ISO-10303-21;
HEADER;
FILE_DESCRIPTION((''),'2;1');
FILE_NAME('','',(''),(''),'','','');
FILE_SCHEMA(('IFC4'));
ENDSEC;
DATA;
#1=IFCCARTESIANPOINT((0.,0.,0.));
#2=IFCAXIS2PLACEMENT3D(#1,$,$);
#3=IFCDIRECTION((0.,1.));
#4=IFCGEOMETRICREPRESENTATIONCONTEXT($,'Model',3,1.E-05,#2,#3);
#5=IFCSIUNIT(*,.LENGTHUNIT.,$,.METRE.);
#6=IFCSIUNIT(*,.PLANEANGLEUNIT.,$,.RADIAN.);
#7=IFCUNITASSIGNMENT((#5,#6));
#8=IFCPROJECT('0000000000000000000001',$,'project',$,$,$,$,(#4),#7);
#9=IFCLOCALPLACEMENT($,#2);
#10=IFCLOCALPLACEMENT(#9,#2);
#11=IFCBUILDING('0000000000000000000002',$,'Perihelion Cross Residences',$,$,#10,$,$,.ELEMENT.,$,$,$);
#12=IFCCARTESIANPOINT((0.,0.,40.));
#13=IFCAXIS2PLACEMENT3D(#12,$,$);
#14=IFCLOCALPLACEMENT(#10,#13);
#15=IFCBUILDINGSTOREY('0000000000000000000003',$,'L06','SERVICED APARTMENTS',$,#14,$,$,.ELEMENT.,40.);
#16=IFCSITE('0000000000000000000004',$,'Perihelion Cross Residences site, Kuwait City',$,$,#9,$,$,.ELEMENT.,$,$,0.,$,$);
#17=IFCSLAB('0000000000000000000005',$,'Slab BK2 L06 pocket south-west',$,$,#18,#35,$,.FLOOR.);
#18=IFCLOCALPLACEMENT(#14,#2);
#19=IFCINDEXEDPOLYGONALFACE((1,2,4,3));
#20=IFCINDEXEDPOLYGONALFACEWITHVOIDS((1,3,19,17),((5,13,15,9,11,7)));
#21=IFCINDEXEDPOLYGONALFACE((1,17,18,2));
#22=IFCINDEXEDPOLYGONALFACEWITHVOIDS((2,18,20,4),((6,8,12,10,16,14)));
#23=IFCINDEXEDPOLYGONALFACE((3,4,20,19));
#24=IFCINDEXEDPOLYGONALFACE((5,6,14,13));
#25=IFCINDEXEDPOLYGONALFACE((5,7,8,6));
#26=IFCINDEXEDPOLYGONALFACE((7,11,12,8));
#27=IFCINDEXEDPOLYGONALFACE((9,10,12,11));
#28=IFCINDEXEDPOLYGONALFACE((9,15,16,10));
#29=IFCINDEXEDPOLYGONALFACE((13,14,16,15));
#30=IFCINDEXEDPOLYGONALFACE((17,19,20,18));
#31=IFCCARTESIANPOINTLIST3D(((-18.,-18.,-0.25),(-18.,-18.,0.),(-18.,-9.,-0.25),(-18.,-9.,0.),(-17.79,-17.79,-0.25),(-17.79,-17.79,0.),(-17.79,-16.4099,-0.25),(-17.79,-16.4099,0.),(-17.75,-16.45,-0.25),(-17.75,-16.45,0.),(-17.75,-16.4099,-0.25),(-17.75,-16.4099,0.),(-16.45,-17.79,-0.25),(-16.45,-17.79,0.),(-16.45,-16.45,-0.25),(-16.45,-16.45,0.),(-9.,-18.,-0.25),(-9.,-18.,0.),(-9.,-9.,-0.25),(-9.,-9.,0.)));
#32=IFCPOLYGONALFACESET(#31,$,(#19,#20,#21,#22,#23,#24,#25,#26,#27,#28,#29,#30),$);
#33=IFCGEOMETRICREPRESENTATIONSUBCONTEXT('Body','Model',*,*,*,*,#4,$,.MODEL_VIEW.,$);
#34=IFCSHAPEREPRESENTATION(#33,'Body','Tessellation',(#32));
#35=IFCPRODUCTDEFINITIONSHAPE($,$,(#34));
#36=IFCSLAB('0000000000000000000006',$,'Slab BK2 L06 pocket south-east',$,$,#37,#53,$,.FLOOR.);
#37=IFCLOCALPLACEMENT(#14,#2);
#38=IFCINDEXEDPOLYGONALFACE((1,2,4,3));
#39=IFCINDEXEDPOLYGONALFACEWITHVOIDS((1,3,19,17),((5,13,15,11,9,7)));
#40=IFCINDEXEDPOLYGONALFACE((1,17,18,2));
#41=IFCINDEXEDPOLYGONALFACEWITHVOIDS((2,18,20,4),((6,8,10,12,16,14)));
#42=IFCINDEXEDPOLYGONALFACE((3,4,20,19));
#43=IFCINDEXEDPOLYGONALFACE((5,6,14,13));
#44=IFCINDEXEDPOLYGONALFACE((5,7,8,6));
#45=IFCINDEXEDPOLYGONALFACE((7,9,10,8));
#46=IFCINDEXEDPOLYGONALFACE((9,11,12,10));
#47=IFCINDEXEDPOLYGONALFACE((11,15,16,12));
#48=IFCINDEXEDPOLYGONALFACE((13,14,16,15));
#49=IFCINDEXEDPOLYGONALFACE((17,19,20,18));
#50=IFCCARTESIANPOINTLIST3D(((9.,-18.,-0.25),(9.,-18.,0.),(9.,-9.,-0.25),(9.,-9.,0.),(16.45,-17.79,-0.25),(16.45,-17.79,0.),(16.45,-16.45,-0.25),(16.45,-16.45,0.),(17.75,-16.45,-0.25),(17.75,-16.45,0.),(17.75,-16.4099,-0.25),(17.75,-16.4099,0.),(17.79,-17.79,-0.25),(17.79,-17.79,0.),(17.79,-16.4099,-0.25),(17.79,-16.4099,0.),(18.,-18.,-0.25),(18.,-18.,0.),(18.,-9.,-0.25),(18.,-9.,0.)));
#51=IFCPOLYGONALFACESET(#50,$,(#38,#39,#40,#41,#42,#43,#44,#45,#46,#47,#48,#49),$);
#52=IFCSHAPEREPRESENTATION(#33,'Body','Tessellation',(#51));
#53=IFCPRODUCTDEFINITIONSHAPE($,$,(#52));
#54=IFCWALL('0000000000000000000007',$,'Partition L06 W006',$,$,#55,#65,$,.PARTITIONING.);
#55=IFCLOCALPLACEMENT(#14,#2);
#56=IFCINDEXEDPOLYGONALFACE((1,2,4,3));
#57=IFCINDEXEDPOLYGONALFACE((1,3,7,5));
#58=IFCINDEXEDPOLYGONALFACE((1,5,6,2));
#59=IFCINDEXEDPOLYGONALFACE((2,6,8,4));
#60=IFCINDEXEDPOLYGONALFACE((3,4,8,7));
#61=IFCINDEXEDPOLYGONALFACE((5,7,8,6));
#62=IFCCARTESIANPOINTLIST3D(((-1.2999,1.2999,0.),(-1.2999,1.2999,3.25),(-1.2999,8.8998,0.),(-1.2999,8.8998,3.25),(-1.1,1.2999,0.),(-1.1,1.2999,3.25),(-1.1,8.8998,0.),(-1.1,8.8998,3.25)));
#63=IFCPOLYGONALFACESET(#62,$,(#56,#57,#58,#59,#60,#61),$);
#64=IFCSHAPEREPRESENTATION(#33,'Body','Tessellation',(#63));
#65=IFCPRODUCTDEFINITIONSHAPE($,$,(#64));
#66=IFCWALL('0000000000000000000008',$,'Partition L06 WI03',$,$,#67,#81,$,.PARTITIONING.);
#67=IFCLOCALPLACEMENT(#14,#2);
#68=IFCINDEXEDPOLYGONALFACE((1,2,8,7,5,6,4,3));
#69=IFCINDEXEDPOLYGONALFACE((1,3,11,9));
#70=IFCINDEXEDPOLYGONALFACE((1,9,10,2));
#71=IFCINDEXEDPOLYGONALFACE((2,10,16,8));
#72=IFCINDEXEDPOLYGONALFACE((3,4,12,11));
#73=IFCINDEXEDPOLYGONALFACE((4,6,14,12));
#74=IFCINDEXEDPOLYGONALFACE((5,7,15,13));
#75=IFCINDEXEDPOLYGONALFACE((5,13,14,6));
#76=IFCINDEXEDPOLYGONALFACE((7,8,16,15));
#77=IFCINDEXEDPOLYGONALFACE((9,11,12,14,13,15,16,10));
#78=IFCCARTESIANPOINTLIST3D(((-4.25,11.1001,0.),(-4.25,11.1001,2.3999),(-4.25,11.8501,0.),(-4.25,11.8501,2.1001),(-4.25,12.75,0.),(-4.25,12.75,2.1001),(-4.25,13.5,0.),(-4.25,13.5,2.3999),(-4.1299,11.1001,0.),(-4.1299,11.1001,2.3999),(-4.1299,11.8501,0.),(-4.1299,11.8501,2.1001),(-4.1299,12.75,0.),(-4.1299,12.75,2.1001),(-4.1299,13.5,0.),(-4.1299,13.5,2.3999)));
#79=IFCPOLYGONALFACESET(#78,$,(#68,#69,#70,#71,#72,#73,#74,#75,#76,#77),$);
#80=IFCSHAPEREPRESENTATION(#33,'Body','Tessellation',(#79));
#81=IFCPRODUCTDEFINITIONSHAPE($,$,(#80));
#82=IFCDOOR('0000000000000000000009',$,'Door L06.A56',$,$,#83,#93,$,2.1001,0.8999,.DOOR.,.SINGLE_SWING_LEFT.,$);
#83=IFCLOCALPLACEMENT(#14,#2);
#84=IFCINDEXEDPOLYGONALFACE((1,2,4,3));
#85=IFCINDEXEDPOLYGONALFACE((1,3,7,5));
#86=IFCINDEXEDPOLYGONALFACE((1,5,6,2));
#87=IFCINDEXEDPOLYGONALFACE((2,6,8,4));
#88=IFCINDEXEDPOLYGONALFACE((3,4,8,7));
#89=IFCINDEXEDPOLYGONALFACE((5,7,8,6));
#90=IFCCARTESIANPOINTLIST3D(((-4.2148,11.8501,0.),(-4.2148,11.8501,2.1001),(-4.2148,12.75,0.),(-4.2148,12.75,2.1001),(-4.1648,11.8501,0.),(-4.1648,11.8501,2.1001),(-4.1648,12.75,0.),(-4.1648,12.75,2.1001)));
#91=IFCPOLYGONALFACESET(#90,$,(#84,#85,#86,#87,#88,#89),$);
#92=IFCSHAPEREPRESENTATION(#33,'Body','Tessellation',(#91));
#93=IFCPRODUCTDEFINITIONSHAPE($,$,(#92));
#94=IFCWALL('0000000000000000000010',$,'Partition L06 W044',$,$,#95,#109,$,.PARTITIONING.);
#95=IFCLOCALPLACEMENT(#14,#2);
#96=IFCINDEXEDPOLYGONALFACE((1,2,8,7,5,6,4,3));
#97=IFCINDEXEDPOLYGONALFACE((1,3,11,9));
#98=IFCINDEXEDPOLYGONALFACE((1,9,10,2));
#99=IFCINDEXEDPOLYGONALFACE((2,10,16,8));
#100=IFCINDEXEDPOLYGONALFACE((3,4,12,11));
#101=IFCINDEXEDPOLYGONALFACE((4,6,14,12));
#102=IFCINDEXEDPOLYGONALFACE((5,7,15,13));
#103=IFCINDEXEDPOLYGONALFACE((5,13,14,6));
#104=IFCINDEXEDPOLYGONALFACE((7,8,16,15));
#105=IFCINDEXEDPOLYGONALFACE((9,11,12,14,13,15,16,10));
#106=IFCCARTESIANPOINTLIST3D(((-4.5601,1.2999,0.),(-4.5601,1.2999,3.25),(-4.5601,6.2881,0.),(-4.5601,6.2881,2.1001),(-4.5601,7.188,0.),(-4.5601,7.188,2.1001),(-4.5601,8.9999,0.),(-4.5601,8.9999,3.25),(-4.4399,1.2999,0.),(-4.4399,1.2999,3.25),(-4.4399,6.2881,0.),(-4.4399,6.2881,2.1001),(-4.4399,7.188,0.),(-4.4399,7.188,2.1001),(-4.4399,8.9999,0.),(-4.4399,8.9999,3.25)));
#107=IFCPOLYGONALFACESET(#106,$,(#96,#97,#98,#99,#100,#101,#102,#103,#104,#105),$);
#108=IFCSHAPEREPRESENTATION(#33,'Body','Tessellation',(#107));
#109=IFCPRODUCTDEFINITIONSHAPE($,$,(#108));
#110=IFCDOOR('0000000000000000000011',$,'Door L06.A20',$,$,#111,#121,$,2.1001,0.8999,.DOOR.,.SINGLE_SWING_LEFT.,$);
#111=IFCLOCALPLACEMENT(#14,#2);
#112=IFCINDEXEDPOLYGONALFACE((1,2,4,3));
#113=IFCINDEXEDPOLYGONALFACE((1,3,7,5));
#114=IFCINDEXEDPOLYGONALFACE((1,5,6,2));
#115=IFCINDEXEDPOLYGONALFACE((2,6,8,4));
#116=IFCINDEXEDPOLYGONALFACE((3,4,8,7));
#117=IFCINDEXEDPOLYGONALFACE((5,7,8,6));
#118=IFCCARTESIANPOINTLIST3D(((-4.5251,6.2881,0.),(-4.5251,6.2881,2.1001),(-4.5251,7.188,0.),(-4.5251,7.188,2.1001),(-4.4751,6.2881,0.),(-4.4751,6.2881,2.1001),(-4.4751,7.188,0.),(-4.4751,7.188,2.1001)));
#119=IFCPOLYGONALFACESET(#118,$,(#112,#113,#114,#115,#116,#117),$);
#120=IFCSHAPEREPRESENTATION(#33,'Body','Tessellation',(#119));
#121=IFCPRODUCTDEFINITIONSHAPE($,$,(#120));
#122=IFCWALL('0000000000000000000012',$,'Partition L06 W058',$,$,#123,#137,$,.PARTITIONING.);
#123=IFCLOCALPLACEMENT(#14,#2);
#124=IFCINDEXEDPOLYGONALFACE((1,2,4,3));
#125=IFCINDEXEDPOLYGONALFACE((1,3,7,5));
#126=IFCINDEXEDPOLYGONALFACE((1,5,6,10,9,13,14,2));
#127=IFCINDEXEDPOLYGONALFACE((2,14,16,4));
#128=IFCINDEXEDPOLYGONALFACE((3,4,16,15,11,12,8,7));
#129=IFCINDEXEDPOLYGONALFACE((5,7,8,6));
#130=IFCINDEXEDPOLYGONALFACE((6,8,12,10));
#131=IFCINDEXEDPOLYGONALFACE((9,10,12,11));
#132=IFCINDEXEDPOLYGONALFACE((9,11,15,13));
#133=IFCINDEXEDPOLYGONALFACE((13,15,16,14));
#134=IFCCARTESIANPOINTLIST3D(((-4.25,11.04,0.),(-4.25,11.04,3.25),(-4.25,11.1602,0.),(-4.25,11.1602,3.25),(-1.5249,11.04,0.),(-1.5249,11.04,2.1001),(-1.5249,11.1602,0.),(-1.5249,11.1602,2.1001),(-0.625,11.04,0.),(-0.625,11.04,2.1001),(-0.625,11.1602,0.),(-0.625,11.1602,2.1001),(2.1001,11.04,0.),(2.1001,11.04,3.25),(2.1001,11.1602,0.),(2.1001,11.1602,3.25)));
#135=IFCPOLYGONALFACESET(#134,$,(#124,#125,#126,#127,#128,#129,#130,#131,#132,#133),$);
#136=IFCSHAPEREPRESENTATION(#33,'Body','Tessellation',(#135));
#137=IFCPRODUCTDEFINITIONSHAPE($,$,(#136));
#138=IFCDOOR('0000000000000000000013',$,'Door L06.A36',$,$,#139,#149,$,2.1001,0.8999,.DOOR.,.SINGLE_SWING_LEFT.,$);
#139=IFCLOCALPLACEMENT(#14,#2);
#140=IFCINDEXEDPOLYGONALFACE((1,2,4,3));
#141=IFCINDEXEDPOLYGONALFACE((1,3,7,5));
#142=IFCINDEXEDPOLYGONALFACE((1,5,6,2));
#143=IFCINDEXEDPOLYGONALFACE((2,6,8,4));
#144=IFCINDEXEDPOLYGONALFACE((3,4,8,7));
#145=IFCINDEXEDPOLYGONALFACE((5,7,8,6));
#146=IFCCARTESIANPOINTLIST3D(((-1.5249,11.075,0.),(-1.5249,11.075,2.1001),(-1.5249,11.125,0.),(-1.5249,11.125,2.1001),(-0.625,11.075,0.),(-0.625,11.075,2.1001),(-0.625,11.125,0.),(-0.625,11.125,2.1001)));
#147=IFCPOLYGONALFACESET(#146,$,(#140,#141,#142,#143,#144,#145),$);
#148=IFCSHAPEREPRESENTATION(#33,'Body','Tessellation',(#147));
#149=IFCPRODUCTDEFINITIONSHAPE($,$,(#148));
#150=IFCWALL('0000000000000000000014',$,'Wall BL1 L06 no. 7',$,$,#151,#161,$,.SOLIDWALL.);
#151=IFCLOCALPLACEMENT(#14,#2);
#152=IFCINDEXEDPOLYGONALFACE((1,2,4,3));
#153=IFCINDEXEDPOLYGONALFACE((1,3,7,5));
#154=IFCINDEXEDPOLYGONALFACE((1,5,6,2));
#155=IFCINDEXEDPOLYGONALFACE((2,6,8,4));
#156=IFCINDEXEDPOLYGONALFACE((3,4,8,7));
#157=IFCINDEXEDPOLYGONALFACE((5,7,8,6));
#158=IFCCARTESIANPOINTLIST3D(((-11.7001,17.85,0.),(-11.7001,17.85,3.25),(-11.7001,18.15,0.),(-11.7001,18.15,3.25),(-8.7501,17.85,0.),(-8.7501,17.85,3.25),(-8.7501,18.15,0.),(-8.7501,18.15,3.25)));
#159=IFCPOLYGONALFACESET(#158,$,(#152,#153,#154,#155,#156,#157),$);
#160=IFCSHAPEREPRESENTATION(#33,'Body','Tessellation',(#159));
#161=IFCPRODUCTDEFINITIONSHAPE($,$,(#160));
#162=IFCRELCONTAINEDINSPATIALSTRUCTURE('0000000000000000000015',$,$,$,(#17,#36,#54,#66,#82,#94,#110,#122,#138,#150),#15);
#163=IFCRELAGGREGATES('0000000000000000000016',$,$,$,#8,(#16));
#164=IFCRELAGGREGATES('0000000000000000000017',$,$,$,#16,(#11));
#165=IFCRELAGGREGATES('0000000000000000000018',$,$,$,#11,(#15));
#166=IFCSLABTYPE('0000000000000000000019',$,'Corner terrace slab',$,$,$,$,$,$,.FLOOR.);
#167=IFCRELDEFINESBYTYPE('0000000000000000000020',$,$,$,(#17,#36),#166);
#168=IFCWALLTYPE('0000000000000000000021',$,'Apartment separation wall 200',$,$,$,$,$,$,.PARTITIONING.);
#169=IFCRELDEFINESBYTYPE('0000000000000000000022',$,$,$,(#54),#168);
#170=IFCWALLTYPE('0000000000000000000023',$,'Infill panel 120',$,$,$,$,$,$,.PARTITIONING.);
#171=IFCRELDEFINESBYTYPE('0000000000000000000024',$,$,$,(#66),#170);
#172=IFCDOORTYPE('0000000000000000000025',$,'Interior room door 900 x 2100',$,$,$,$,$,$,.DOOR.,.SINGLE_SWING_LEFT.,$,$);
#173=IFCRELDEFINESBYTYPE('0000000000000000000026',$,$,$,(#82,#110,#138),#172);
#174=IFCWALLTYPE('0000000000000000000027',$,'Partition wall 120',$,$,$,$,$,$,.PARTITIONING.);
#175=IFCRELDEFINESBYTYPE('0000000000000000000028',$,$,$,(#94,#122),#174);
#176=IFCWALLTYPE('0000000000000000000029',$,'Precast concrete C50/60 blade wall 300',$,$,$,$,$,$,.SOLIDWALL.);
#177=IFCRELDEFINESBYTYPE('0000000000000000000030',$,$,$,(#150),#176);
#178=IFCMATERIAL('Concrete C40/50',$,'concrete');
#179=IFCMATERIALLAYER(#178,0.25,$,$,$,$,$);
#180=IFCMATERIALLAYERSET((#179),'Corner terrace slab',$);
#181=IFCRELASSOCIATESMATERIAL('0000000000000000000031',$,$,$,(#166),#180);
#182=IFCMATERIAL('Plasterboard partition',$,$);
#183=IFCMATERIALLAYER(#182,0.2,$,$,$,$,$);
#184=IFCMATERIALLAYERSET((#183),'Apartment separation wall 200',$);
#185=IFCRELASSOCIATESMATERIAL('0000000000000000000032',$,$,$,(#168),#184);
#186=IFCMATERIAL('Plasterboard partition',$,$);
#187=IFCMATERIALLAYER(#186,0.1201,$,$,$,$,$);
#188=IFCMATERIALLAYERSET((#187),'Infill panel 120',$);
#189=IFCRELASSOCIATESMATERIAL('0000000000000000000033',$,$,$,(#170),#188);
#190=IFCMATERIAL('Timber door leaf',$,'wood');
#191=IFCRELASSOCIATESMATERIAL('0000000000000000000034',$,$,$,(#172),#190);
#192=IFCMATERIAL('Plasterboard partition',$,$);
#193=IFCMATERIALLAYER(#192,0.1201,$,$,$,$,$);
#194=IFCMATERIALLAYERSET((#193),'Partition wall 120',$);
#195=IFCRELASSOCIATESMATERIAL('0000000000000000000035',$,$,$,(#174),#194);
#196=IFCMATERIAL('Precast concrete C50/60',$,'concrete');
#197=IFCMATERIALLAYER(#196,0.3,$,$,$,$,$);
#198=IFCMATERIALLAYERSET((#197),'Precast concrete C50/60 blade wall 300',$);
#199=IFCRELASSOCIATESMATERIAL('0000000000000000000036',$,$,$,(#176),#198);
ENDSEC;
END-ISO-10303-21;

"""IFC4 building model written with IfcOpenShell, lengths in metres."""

from ifc_helpers import new_model, si_unit, direction, frame, frame_2d, origin, place, context, subcontext, project, spatial, polyline, rectangle, outline, extrude, material, layer, layer_set, type_object, element, fill, save


model = new_model("IFC4")

# Units and contexts
model_context = context("Model", 3, precision=1e-05, world=origin(), true_north=direction((0.0, 1.0)))
body_context = subcontext(model_context, "Body", "Model", "MODEL_VIEW")
ifc_project = project(units=[si_unit("LENGTHUNIT", "METRE"), si_unit("PLANEANGLEUNIT", "RADIAN")], contexts=[model_context])

# Site, building, storey
site_placement = place(None, origin())
site = spatial("IfcSite", under=ifc_project, at=site_placement, Name="Perihelion Cross Residences site, Kuwait City", CompositionType="ELEMENT", RefElevation=0.0)
building_placement = place(site_placement, origin())
building = spatial("IfcBuilding", under=site, at=building_placement, Name="Perihelion Cross Residences", CompositionType="ELEMENT")
storey_placement = place(building_placement, frame((0.0, 0.0, 40.0)))
storey = spatial("IfcBuildingStorey", under=building, at=storey_placement, Name="L06", Description="SERVICED APARTMENTS", CompositionType="ELEMENT", Elevation=40.0)

# Slabs
ifc_material_1 = material(Name="Concrete C40/50", Category="concrete")
ifc_layer_1 = layer(ifc_material_1, 0.25)
ifc_layer_set_1 = layer_set([ifc_layer_1], Name="Corner terrace slab")
slab_type_1 = type_object("IfcSlabType", Name="Corner terrace slab", PredefinedType="FLOOR", material=ifc_layer_set_1)
slab_1_placement = place(storey_placement, frame((0.0, 0.0, -0.25)))
element("IfcSlab", 1, at=slab_1_placement, inside=storey, type_object=slab_type_1, Name="Slab BK2 L06 pocket south-west", PredefinedType="FLOOR", context=body_context, shape_type="SweptSolid", body=[
    extrude(outline(polyline([(-9.0, -18.0), (-9.0, -9.0), (-18.0, -9.0), (-18.0, -18.0), (-9.0, -18.0)]), holes=[polyline([(-17.79, -16.4099), (-17.75, -16.4099), (-17.75, -16.45), (-16.45, -16.45), (-16.45, -17.79), (-17.79, -17.79), (-17.79, -16.4099)])]), origin(), (0.0, 0.0, 1.0), 0.25),
])
slab_2_placement = place(storey_placement, frame((0.0, 0.0, -0.25)))
element("IfcSlab", 2, at=slab_2_placement, inside=storey, type_object=slab_type_1, Name="Slab BK2 L06 pocket south-east", PredefinedType="FLOOR", context=body_context, shape_type="SweptSolid", body=[
    extrude(outline(polyline([(18.0, -18.0), (18.0, -9.0), (9.0, -9.0), (9.0, -18.0), (18.0, -18.0)]), holes=[polyline([(16.45, -17.79), (16.45, -16.45), (17.75, -16.45), (17.75, -16.4099), (17.79, -16.4099), (17.79, -17.79), (16.45, -17.79)])]), origin(), (0.0, 0.0, 1.0), 0.25),
])

# Wall
ifc_material_2 = material(Name="Plasterboard partition")
ifc_layer_2 = layer(ifc_material_2, 0.2)
ifc_layer_set_2 = layer_set([ifc_layer_2], Name="Apartment separation wall 200")
wall_type_1 = type_object("IfcWallType", Name="Apartment separation wall 200", PredefinedType="PARTITIONING", material=ifc_layer_set_2)
wall_1_placement = place(storey_placement, frame((-1.2, 1.3, 0.0), z_axis=(0.0, 0.0, 1.0), x_axis=(0.0, 1.0, 0.0)))
element("IfcWall", 3, at=wall_1_placement, inside=storey, type_object=wall_type_1, Name="Partition L06 W006", PredefinedType="PARTITIONING", context=body_context, shape_type="SweptSolid", body=[
    extrude(rectangle(XDim=7.5999, YDim=0.2, at=frame_2d((3.7998, 0.0))), origin(), (0.0, 0.0, 1.0), 3.25),
])

# Walls, openings, doors
ifc_material_3 = material(Name="Plasterboard partition")
ifc_layer_3 = layer(ifc_material_3, 0.1201)
ifc_layer_set_3 = layer_set([ifc_layer_3], Name="Infill panel 120")
wall_type_2 = type_object("IfcWallType", Name="Infill panel 120", PredefinedType="PARTITIONING", material=ifc_layer_set_3)
wall_2_placement = place(storey_placement, frame((-4.1899, 11.1001, 0.0), z_axis=(0.0, 0.0, 1.0), x_axis=(0.0, 1.0, 0.0)))
wall_2 = element("IfcWall", 4, at=wall_2_placement, inside=storey, type_object=wall_type_2, Name="Partition L06 WI03", PredefinedType="PARTITIONING", context=body_context, shape_type="SweptSolid", body=[
    extrude(rectangle(XDim=2.3999, YDim=0.1201, at=frame_2d((1.2, 0.0))), origin(), (0.0, 0.0, 1.0), 2.3999),
])
opening_1_placement = place(wall_2_placement, frame((0.75, 0.0, 0.0)))
opening_1 = element("IfcOpeningElement", 5, at=opening_1_placement, cuts=wall_2, PredefinedType="OPENING", context=body_context, shape_type="SweptSolid", body=[
    extrude(rectangle(XDim=0.8999, YDim=2.1001, at=frame_2d((0.45, 1.05))), frame((0.0, 0.0701, 0.0), z_axis=(0.0, -1.0, 0.0), x_axis=(1.0, 0.0, 0.0)), (0.0, 0.0, 1.0), 0.1401),
])
ifc_material_4 = material(Name="Timber door leaf", Category="wood")
door_type = type_object("IfcDoorType", Name="Interior room door 900 x 2100", OperationType="SINGLE_SWING_LEFT", PredefinedType="DOOR", material=ifc_material_4)
door_1_placement = place(opening_1_placement, origin())
door_1 = element("IfcDoor", 6, at=door_1_placement, inside=storey, type_object=door_type, Name="Door L06.A56", OperationType="SINGLE_SWING_LEFT", OverallHeight=2.1001, OverallWidth=0.8999, PredefinedType="DOOR", context=body_context, shape_type="SweptSolid", body=[
    extrude(rectangle(XDim=0.8999, YDim=2.1001, at=frame_2d((0.45, 1.05))), frame((0.0, 0.0249, 0.0), z_axis=(0.0, -1.0, 0.0), x_axis=(1.0, 0.0, 0.0)), (0.0, 0.0, 1.0), 0.05),
])
fill(opening_1, door_1)
ifc_material_5 = material(Name="Plasterboard partition")
ifc_layer_4 = layer(ifc_material_5, 0.1201)
ifc_layer_set_4 = layer_set([ifc_layer_4], Name="Partition wall 120")
wall_type_3 = type_object("IfcWallType", Name="Partition wall 120", PredefinedType="PARTITIONING", material=ifc_layer_set_4)
wall_3_placement = place(storey_placement, frame((-4.5, 9.0, 0.0), z_axis=(0.0, 0.0, 1.0), x_axis=(0.0, -1.0, 0.0)))
wall_3 = element("IfcWall", 7, at=wall_3_placement, inside=storey, type_object=wall_type_3, Name="Partition L06 W044", PredefinedType="PARTITIONING", context=body_context, shape_type="SweptSolid", body=[
    extrude(rectangle(XDim=7.7, YDim=0.1201, at=frame_2d((3.8501, 0.0))), origin(), (0.0, 0.0, 1.0), 3.25),
])
opening_2_placement = place(wall_3_placement, frame((1.812, 0.0, 0.0)))
opening_2 = element("IfcOpeningElement", 8, at=opening_2_placement, cuts=wall_3, PredefinedType="OPENING", context=body_context, shape_type="SweptSolid", body=[
    extrude(rectangle(XDim=0.8999, YDim=2.1001, at=frame_2d((0.45, 1.05))), frame((0.0, 0.0701, 0.0), z_axis=(0.0, -1.0, 0.0), x_axis=(1.0, 0.0, 0.0)), (0.0, 0.0, 1.0), 0.1401),
])
door_2_placement = place(opening_2_placement, origin())
door_2 = element("IfcDoor", 9, at=door_2_placement, inside=storey, type_object=door_type, Name="Door L06.A20", OperationType="SINGLE_SWING_LEFT", OverallHeight=2.1001, OverallWidth=0.8999, PredefinedType="DOOR", context=body_context, shape_type="SweptSolid", body=[
    extrude(rectangle(XDim=0.8999, YDim=2.1001, at=frame_2d((0.45, 1.05))), frame((0.0, 0.0249, 0.0), z_axis=(0.0, -1.0, 0.0), x_axis=(1.0, 0.0, 0.0)), (0.0, 0.0, 1.0), 0.05),
])
fill(opening_2, door_2)
wall_4_placement = place(storey_placement, frame((-4.25, 11.1001, 0.0), z_axis=(0.0, 0.0, 1.0), x_axis=(1.0, 0.0, 0.0)))
wall_4 = element("IfcWall", 10, at=wall_4_placement, inside=storey, type_object=wall_type_3, Name="Partition L06 W058", PredefinedType="PARTITIONING", context=body_context, shape_type="SweptSolid", body=[
    extrude(rectangle(XDim=6.3501, YDim=0.1201, at=frame_2d((3.175, 0.0))), origin(), (0.0, 0.0, 1.0), 3.25),
])
opening_3_placement = place(wall_4_placement, frame((2.7251, 0.0, 0.0)))
opening_3 = element("IfcOpeningElement", 11, at=opening_3_placement, cuts=wall_4, PredefinedType="OPENING", context=body_context, shape_type="SweptSolid", body=[
    extrude(rectangle(XDim=0.8999, YDim=2.1001, at=frame_2d((0.45, 1.05))), frame((0.0, 0.0701, 0.0), z_axis=(0.0, -1.0, 0.0), x_axis=(1.0, 0.0, 0.0)), (0.0, 0.0, 1.0), 0.1401),
])
door_3_placement = place(opening_3_placement, origin())
door_3 = element("IfcDoor", 12, at=door_3_placement, inside=storey, type_object=door_type, Name="Door L06.A36", OperationType="SINGLE_SWING_LEFT", OverallHeight=2.1001, OverallWidth=0.8999, PredefinedType="DOOR", context=body_context, shape_type="SweptSolid", body=[
    extrude(rectangle(XDim=0.8999, YDim=2.1001, at=frame_2d((0.45, 1.05))), frame((0.0, 0.0249, 0.0), z_axis=(0.0, -1.0, 0.0), x_axis=(1.0, 0.0, 0.0)), (0.0, 0.0, 1.0), 0.05),
])
fill(opening_3, door_3)

# Wall
ifc_material_6 = material(Name="Precast concrete C50/60", Category="concrete")
ifc_layer_5 = layer(ifc_material_6, 0.3)
ifc_layer_set_5 = layer_set([ifc_layer_5], Name="Precast concrete C50/60 blade wall 300")
wall_type_4 = type_object("IfcWallType", Name="Precast concrete C50/60 blade wall 300", PredefinedType="SOLIDWALL", material=ifc_layer_set_5)
wall_5_placement = place(storey_placement, frame((-8.75, 18.0, 0.0), z_axis=(0.0, 0.0, 1.0), x_axis=(-1.0, 0.0, 0.0)))
element("IfcWall", 13, at=wall_5_placement, inside=storey, type_object=wall_type_4, Name="Wall BL1 L06 no. 7", PredefinedType="SOLIDWALL", context=body_context, shape_type="SweptSolid", body=[
    extrude(rectangle(XDim=2.95, YDim=0.3, at=frame_2d((1.4751, 0.0))), origin(), (0.0, 0.0, 1.0), 3.25),
])

save(model, "model.ifc")
